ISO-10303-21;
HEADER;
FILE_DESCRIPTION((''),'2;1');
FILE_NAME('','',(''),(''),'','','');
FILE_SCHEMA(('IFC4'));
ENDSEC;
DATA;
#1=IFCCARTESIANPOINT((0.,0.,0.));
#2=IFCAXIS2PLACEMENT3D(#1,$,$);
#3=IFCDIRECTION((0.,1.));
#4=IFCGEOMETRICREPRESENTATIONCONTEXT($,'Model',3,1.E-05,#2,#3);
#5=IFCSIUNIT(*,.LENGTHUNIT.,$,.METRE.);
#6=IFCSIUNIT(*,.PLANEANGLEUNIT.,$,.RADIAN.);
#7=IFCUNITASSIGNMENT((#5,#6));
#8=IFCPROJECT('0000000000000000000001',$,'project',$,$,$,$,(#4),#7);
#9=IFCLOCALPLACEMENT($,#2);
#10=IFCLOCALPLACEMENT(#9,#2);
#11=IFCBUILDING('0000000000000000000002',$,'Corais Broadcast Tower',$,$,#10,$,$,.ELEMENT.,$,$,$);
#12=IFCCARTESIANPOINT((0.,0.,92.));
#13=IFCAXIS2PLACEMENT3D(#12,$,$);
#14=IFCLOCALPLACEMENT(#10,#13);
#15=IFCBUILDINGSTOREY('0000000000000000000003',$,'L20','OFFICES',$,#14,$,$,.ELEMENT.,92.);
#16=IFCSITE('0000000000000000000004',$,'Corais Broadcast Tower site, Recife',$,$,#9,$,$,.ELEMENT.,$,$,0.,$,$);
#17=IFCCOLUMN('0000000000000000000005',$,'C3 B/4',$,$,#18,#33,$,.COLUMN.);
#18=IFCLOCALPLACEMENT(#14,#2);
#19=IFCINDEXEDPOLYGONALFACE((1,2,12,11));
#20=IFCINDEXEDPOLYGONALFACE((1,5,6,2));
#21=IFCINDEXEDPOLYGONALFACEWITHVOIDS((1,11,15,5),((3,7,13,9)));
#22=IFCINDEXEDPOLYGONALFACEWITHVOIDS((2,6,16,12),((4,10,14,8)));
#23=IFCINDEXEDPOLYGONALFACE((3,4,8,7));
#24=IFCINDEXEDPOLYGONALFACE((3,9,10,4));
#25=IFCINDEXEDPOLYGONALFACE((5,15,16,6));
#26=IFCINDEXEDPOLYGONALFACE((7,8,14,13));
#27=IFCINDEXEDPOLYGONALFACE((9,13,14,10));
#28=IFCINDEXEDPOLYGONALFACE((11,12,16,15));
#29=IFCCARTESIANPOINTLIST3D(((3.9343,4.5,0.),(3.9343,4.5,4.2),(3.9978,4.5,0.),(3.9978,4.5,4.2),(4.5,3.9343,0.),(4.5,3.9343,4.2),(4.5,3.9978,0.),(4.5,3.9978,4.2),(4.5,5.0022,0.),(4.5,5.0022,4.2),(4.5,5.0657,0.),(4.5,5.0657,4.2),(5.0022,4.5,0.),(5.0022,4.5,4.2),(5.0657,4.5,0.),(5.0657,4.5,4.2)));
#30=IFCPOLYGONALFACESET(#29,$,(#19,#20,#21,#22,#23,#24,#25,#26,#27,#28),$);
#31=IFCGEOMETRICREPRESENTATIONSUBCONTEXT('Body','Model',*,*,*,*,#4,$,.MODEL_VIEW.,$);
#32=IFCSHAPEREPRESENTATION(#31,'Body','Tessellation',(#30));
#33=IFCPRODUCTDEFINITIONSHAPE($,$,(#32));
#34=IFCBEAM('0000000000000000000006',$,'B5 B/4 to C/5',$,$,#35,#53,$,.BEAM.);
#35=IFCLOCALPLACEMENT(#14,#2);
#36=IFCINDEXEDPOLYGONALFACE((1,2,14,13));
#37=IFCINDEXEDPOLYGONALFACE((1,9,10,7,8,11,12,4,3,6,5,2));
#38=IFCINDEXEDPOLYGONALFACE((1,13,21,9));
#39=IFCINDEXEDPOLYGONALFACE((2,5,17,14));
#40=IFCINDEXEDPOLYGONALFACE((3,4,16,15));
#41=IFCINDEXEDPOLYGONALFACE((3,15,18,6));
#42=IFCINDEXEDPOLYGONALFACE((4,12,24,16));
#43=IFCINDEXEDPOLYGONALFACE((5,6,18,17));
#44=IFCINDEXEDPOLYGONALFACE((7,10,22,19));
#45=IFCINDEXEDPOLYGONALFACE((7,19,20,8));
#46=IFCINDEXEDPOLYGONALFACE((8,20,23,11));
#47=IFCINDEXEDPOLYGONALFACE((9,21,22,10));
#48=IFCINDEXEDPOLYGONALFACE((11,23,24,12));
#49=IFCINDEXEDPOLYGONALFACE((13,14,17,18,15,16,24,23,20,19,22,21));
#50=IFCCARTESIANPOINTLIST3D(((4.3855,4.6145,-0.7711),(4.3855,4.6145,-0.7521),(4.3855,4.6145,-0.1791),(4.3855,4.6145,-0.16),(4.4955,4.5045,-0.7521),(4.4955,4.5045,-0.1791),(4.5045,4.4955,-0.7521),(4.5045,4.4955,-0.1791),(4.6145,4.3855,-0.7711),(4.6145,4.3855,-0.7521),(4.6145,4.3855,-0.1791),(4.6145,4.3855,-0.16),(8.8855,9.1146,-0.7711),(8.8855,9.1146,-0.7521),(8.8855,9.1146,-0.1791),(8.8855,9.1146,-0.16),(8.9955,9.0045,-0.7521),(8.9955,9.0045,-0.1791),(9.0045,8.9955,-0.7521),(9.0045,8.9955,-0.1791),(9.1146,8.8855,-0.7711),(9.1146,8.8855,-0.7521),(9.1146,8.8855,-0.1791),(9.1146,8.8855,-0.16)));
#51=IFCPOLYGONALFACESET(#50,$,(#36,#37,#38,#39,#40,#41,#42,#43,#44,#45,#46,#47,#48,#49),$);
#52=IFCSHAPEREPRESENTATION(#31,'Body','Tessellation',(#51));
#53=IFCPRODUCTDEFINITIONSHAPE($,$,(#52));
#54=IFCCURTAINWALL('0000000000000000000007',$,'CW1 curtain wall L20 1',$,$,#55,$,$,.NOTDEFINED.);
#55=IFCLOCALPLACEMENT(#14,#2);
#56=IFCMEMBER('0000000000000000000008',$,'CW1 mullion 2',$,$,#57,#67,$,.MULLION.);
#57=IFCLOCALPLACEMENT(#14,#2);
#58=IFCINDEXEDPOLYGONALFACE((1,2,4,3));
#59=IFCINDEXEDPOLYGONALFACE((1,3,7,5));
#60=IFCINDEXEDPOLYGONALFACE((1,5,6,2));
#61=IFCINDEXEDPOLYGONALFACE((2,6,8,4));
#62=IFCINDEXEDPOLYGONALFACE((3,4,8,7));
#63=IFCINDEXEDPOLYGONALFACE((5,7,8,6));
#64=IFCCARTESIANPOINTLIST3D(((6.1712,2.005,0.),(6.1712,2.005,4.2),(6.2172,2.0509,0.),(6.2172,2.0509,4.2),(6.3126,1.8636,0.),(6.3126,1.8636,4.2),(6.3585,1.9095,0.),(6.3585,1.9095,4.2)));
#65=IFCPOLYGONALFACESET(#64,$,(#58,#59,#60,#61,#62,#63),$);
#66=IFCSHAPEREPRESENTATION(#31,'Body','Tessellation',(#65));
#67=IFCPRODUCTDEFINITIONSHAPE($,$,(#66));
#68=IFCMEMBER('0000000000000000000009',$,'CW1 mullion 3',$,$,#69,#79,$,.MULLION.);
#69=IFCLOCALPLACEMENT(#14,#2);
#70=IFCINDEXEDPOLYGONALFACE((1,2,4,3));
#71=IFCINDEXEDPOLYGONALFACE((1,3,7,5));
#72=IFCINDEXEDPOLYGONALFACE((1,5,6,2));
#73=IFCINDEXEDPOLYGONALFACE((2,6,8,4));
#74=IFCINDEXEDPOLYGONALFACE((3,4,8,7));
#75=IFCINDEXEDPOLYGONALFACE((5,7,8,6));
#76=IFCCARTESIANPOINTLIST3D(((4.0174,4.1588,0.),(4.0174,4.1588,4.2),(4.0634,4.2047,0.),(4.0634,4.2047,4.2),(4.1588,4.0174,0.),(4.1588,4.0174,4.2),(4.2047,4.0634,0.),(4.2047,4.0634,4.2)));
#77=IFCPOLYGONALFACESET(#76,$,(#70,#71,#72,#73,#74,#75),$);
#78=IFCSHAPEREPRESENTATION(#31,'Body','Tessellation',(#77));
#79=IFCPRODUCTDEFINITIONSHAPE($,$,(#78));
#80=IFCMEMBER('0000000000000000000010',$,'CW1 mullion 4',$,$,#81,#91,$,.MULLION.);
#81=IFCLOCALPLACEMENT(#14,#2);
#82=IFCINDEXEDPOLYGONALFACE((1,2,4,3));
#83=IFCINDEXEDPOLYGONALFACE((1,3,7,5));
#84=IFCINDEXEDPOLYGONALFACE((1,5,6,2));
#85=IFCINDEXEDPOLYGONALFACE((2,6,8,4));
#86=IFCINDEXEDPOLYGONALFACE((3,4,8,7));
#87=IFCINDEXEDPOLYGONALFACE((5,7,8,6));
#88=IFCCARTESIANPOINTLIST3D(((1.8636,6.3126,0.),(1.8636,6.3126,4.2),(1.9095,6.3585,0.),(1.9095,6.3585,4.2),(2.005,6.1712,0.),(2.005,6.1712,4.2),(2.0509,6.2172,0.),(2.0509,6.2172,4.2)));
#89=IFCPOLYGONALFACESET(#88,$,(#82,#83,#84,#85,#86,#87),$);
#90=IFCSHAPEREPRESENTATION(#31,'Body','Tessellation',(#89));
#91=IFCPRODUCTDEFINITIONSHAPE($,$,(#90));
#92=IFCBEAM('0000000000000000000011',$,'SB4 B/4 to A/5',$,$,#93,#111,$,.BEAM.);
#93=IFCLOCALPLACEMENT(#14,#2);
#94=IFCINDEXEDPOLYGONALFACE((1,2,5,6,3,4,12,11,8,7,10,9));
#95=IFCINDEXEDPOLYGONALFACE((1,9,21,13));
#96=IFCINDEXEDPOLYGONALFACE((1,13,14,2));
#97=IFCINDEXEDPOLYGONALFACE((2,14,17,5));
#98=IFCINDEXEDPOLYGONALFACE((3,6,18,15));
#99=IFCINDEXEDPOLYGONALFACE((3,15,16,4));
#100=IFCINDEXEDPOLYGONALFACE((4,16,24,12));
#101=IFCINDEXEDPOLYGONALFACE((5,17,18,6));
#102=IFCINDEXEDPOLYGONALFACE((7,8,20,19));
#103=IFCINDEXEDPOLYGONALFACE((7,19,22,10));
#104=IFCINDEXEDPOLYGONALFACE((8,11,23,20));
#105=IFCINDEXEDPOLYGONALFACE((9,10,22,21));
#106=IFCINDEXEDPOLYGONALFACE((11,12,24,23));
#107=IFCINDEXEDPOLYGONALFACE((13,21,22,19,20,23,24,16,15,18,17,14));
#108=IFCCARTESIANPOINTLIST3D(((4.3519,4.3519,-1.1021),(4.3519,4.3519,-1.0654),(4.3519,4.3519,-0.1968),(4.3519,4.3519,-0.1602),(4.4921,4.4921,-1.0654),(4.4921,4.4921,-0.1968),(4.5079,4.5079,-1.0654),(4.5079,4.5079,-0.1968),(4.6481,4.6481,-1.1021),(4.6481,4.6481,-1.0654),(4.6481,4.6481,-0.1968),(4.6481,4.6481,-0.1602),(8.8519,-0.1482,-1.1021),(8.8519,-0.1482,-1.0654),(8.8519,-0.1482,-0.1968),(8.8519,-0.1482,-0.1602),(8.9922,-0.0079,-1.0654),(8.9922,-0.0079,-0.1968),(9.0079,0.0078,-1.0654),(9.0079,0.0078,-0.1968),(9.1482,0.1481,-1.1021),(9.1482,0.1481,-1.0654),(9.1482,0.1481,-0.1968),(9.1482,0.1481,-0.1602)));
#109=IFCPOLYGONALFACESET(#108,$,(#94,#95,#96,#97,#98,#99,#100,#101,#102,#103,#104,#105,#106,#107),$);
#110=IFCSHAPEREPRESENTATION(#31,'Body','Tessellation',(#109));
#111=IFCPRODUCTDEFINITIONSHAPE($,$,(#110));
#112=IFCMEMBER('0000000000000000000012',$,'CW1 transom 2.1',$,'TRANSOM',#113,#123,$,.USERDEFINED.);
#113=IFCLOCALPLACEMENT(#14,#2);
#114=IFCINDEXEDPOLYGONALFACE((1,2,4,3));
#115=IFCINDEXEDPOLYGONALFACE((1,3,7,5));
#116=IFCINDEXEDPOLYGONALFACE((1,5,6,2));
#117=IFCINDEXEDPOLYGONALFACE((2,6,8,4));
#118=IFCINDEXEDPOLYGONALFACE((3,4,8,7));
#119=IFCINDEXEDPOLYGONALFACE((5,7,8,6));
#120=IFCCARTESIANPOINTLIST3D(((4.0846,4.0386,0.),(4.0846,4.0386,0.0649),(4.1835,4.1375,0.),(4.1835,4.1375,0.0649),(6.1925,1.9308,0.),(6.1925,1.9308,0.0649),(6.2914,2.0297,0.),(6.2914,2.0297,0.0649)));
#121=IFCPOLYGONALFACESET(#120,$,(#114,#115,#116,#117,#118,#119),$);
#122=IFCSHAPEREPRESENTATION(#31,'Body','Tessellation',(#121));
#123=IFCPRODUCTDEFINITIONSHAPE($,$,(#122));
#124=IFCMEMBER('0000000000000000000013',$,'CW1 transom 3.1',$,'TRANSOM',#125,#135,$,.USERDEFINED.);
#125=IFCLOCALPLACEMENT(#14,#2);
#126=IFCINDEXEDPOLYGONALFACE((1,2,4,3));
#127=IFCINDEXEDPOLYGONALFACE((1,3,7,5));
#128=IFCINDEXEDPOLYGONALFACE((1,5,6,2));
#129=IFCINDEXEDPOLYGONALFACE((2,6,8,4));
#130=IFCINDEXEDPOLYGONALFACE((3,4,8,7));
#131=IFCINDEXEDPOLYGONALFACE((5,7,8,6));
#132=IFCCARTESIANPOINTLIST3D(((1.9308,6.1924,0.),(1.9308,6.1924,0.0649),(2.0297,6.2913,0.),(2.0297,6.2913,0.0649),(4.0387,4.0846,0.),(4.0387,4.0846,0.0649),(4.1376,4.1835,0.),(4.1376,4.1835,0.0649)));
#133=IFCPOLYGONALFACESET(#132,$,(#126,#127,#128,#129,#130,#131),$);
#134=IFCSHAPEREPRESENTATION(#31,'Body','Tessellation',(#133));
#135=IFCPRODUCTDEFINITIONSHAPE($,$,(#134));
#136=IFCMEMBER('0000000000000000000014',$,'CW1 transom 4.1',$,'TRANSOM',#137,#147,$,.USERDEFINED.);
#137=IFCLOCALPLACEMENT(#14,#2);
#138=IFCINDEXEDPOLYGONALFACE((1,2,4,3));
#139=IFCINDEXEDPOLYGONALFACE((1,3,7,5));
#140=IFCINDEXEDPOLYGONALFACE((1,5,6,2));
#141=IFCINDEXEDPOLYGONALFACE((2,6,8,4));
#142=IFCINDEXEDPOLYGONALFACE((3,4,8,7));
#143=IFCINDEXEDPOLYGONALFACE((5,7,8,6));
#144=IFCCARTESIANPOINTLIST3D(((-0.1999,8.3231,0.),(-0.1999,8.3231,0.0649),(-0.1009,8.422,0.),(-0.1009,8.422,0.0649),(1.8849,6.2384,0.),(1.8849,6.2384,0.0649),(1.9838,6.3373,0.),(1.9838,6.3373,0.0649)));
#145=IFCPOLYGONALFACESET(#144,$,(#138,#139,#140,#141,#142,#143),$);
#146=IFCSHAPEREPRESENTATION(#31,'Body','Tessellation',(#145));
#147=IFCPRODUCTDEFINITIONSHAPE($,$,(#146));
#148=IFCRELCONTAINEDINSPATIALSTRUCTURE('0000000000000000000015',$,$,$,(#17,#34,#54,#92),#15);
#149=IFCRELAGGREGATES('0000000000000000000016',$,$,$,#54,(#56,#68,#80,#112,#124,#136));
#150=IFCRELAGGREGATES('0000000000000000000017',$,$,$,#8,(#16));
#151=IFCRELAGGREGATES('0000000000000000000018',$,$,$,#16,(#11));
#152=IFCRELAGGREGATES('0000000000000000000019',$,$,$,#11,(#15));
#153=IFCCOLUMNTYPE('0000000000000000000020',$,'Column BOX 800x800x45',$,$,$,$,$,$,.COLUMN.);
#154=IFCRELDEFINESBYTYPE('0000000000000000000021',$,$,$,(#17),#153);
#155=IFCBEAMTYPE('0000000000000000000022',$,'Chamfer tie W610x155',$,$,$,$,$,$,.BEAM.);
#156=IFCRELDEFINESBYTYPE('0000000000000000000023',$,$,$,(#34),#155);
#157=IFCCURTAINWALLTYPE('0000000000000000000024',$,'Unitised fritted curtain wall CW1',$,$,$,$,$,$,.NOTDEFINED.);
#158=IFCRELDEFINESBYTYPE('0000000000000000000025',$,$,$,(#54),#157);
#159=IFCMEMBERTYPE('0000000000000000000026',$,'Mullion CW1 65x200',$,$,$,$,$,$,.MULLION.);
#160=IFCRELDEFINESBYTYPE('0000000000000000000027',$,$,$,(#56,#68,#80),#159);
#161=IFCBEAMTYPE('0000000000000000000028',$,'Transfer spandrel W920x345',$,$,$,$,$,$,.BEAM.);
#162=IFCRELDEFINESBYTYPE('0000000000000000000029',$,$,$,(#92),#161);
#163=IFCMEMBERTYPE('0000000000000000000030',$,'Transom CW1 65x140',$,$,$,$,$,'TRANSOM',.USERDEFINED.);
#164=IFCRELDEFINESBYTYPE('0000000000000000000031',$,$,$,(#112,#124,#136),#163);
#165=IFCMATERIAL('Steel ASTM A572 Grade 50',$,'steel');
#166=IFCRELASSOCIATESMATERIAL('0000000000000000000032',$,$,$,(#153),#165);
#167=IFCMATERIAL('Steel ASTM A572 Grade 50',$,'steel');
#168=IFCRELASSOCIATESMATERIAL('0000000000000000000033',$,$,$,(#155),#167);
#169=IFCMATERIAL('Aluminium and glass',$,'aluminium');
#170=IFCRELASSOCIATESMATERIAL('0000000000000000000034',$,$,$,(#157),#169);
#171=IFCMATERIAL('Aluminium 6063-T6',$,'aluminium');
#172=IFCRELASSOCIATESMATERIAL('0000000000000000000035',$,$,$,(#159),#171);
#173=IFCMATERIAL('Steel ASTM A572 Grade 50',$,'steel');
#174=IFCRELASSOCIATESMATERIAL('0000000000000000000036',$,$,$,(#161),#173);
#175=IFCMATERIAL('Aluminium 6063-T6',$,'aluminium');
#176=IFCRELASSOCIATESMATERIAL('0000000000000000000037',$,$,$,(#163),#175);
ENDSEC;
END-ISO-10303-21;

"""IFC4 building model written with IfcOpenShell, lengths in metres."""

from ifc_helpers import new_model, si_unit, direction, frame, origin, origin_2d, place, context, subcontext, project, spatial, rectangle, hollow_rectangle, i_section, extrude, material, material_profile, profile_set, type_object, element, aggregate, save


model = new_model("IFC4")

# Units and contexts
model_context = context("Model", 3, precision=1e-05, world=origin(), true_north=direction((0.0, 1.0)))
body_context = subcontext(model_context, "Body", "Model", "MODEL_VIEW")
ifc_project = project(units=[si_unit("LENGTHUNIT", "METRE"), si_unit("PLANEANGLEUNIT", "RADIAN")], contexts=[model_context])

# Site, building, storey
site_placement = place(None, origin())
site = spatial("IfcSite", under=ifc_project, at=site_placement, Name="Corais Broadcast Tower site, Recife", CompositionType="ELEMENT", RefElevation=0.0)
building_placement = place(site_placement, origin())
building = spatial("IfcBuilding", under=site, at=building_placement, Name="Corais Broadcast Tower", CompositionType="ELEMENT")
storey_placement = place(building_placement, frame((0.0, 0.0, 92.0)))
storey = spatial("IfcBuildingStorey", under=building, at=storey_placement, Name="L20", Description="OFFICES", CompositionType="ELEMENT", Elevation=92.0)

# Column
ifc_material_1 = material(Name="Steel ASTM A572 Grade 50", Category="steel")
ifc_material_profile_1 = material_profile(ifc_material_1, hollow_rectangle(XDim=0.8, YDim=0.8, WallThickness=0.0449, at=origin_2d()), Name="BOX 800x800x45")
ifc_profile_set_1 = profile_set([ifc_material_profile_1], Name="Steel ASTM A572 Grade 50")
column_type = type_object("IfcColumnType", Name="Column BOX 800x800x45", PredefinedType="COLUMN", material=ifc_profile_set_1)
column_placement = place(storey_placement, frame((4.5, 4.5, 0.0), z_axis=(0.0, 0.0, 1.0), x_axis=(0.707107, 0.707107, 0.0)))
element("IfcColumn", 1, at=column_placement, inside=storey, type_object=column_type, Name="C3 B/4", PredefinedType="COLUMN", context=body_context, shape_type="SweptSolid", body=[
    extrude(hollow_rectangle(XDim=0.8, YDim=0.8, WallThickness=0.0449, at=origin_2d()), origin(), (0.0, 0.0, 1.0), 4.2),
])

# Beam
ifc_material_2 = material(Name="Steel ASTM A572 Grade 50", Category="steel")
ifc_material_profile_2 = material_profile(ifc_material_2, i_section(OverallWidth=0.324, OverallDepth=0.6111, WebThickness=0.0127, FlangeThickness=0.019, at=origin_2d()), Name="W610x155")
ifc_profile_set_2 = profile_set([ifc_material_profile_2], Name="Steel ASTM A572 Grade 50")
beam_type_1 = type_object("IfcBeamType", Name="Chamfer tie W610x155", PredefinedType="BEAM", material=ifc_profile_set_2)
beam_1_placement = place(storey_placement, frame((4.5, 4.5, -0.4656), z_axis=(0.707107, 0.707107, 0.0), x_axis=(-0.707107, 0.707107, 0.0)))
element("IfcBeam", 2, at=beam_1_placement, inside=storey, type_object=beam_type_1, Name="B5 B/4 to C/5", PredefinedType="BEAM", context=body_context, shape_type="SweptSolid", body=[
    extrude(i_section(OverallWidth=0.324, OverallDepth=0.6111, WebThickness=0.0127, FlangeThickness=0.019, at=origin_2d()), origin(), (0.0, 0.0, 1.0), 6.364),
])

# Curtain wall, members
ifc_material_3 = material(Name="Aluminium and glass", Category="aluminium")
curtain_wall_type = type_object("IfcCurtainWallType", Name="Unitised fritted curtain wall CW1", PredefinedType="NOTDEFINED", material=ifc_material_3)
curtain_wall_placement = place(storey_placement, origin())
curtain_wall = element("IfcCurtainWall", 3, at=curtain_wall_placement, inside=storey, type_object=curtain_wall_type, Name="CW1 curtain wall L20 1", PredefinedType="NOTDEFINED")
ifc_material_4 = material(Name="Aluminium 6063-T6", Category="aluminium")
ifc_material_profile_3 = material_profile(ifc_material_4, rectangle(XDim=0.0649, YDim=0.2, at=origin_2d()), Name="Mullion CW1 65x200")
ifc_profile_set_3 = profile_set([ifc_material_profile_3], Name="Aluminium 6063-T6")
member_type_1 = type_object("IfcMemberType", Name="Mullion CW1 65x200", PredefinedType="MULLION", material=ifc_profile_set_3)
member_1_placement = place(storey_placement, frame((6.2649, 1.9573, 0.0), z_axis=(0.0, 0.0, 1.0), x_axis=(-0.707107, -0.707107, 0.0)))
member_1 = element("IfcMember", 4, at=member_1_placement, type_object=member_type_1, Name="CW1 mullion 2", PredefinedType="MULLION", context=body_context, shape_type="SweptSolid", body=[
    extrude(rectangle(XDim=0.0649, YDim=0.2, at=origin_2d()), origin(), (0.0, 0.0, 1.0), 4.2),
])
member_2_placement = place(storey_placement, frame((4.1111, 4.1111, 0.0), z_axis=(0.0, 0.0, 1.0), x_axis=(-0.707107, -0.707107, 0.0)))
member_2 = element("IfcMember", 5, at=member_2_placement, type_object=member_type_1, Name="CW1 mullion 3", PredefinedType="MULLION", context=body_context, shape_type="SweptSolid", body=[
    extrude(rectangle(XDim=0.0649, YDim=0.2, at=origin_2d()), origin(), (0.0, 0.0, 1.0), 4.2),
])
member_3_placement = place(storey_placement, frame((1.9573, 6.2649, 0.0), z_axis=(0.0, 0.0, 1.0), x_axis=(-0.707107, -0.707107, 0.0)))
member_3 = element("IfcMember", 6, at=member_3_placement, type_object=member_type_1, Name="CW1 mullion 4", PredefinedType="MULLION", context=body_context, shape_type="SweptSolid", body=[
    extrude(rectangle(XDim=0.0649, YDim=0.2, at=origin_2d()), origin(), (0.0, 0.0, 1.0), 4.2),
])

# Beam
ifc_material_5 = material(Name="Steel ASTM A572 Grade 50", Category="steel")
ifc_material_profile_4 = material_profile(ifc_material_5, i_section(OverallWidth=0.4189, OverallDepth=0.9419, WebThickness=0.0222, FlangeThickness=0.0366, at=origin_2d()), Name="W920x345")
ifc_profile_set_4 = profile_set([ifc_material_profile_4], Name="Steel ASTM A572 Grade 50")
beam_type_2 = type_object("IfcBeamType", Name="Transfer spandrel W920x345", PredefinedType="BEAM", material=ifc_profile_set_4)
beam_2_placement = place(storey_placement, frame((4.5, 4.5, -0.6311), z_axis=(0.707107, -0.707107, 0.0), x_axis=(0.707107, 0.707107, 0.0)))
element("IfcBeam", 7, at=beam_2_placement, inside=storey, type_object=beam_type_2, Name="SB4 B/4 to A/5", PredefinedType="BEAM", context=body_context, shape_type="SweptSolid", body=[
    extrude(i_section(OverallWidth=0.4189, OverallDepth=0.9419, WebThickness=0.0222, FlangeThickness=0.0366, at=origin_2d()), origin(), (0.0, 0.0, 1.0), 6.364),
])

# Members
ifc_material_6 = material(Name="Aluminium 6063-T6", Category="aluminium")
ifc_material_profile_5 = material_profile(ifc_material_6, rectangle(XDim=0.1399, YDim=0.0649, at=origin_2d()), Name="Transom CW1 65x140")
ifc_profile_set_5 = profile_set([ifc_material_profile_5], Name="Aluminium 6063-T6")
member_type_2 = type_object("IfcMemberType", Name="Transom CW1 65x140", ElementType="TRANSOM", PredefinedType="USERDEFINED", material=ifc_profile_set_5)
member_4_placement = place(storey_placement, frame((6.2419, 1.9802, 0.0325), z_axis=(-0.707107, 0.707107, 0.0), x_axis=(-0.707107, -0.707107, 0.0)))
member_4 = element("IfcMember", 8, at=member_4_placement, type_object=member_type_2, Name="CW1 transom 2.1", ObjectType="TRANSOM", PredefinedType="USERDEFINED", context=body_context, shape_type="SweptSolid", body=[
    extrude(rectangle(XDim=0.1399, YDim=0.0649, at=origin_2d()), origin(), (0.0, 0.0, 1.0), 2.981),
])
member_5_placement = place(storey_placement, frame((4.0881, 4.134, 0.0325), z_axis=(-0.707107, 0.707107, 0.0), x_axis=(-0.707107, -0.707107, 0.0)))
member_5 = element("IfcMember", 9, at=member_5_placement, type_object=member_type_2, Name="CW1 transom 3.1", ObjectType="TRANSOM", PredefinedType="USERDEFINED", context=body_context, shape_type="SweptSolid", body=[
    extrude(rectangle(XDim=0.1399, YDim=0.0649, at=origin_2d()), origin(), (0.0, 0.0, 1.0), 2.981),
])
member_6_placement = place(storey_placement, frame((1.9343, 6.2878, 0.0325), z_axis=(-0.707107, 0.707107, 0.0), x_axis=(-0.707107, -0.707107, 0.0)))
member_6 = element("IfcMember", 10, at=member_6_placement, type_object=member_type_2, Name="CW1 transom 4.1", ObjectType="TRANSOM", PredefinedType="USERDEFINED", context=body_context, shape_type="SweptSolid", body=[
    extrude(rectangle(XDim=0.1399, YDim=0.0649, at=origin_2d()), origin(), (0.0, 0.0, 1.0), 2.9482),
])

aggregate(curtain_wall, [member_1, member_2, member_3, member_4, member_5, member_6])

save(model, "model.ifc")
